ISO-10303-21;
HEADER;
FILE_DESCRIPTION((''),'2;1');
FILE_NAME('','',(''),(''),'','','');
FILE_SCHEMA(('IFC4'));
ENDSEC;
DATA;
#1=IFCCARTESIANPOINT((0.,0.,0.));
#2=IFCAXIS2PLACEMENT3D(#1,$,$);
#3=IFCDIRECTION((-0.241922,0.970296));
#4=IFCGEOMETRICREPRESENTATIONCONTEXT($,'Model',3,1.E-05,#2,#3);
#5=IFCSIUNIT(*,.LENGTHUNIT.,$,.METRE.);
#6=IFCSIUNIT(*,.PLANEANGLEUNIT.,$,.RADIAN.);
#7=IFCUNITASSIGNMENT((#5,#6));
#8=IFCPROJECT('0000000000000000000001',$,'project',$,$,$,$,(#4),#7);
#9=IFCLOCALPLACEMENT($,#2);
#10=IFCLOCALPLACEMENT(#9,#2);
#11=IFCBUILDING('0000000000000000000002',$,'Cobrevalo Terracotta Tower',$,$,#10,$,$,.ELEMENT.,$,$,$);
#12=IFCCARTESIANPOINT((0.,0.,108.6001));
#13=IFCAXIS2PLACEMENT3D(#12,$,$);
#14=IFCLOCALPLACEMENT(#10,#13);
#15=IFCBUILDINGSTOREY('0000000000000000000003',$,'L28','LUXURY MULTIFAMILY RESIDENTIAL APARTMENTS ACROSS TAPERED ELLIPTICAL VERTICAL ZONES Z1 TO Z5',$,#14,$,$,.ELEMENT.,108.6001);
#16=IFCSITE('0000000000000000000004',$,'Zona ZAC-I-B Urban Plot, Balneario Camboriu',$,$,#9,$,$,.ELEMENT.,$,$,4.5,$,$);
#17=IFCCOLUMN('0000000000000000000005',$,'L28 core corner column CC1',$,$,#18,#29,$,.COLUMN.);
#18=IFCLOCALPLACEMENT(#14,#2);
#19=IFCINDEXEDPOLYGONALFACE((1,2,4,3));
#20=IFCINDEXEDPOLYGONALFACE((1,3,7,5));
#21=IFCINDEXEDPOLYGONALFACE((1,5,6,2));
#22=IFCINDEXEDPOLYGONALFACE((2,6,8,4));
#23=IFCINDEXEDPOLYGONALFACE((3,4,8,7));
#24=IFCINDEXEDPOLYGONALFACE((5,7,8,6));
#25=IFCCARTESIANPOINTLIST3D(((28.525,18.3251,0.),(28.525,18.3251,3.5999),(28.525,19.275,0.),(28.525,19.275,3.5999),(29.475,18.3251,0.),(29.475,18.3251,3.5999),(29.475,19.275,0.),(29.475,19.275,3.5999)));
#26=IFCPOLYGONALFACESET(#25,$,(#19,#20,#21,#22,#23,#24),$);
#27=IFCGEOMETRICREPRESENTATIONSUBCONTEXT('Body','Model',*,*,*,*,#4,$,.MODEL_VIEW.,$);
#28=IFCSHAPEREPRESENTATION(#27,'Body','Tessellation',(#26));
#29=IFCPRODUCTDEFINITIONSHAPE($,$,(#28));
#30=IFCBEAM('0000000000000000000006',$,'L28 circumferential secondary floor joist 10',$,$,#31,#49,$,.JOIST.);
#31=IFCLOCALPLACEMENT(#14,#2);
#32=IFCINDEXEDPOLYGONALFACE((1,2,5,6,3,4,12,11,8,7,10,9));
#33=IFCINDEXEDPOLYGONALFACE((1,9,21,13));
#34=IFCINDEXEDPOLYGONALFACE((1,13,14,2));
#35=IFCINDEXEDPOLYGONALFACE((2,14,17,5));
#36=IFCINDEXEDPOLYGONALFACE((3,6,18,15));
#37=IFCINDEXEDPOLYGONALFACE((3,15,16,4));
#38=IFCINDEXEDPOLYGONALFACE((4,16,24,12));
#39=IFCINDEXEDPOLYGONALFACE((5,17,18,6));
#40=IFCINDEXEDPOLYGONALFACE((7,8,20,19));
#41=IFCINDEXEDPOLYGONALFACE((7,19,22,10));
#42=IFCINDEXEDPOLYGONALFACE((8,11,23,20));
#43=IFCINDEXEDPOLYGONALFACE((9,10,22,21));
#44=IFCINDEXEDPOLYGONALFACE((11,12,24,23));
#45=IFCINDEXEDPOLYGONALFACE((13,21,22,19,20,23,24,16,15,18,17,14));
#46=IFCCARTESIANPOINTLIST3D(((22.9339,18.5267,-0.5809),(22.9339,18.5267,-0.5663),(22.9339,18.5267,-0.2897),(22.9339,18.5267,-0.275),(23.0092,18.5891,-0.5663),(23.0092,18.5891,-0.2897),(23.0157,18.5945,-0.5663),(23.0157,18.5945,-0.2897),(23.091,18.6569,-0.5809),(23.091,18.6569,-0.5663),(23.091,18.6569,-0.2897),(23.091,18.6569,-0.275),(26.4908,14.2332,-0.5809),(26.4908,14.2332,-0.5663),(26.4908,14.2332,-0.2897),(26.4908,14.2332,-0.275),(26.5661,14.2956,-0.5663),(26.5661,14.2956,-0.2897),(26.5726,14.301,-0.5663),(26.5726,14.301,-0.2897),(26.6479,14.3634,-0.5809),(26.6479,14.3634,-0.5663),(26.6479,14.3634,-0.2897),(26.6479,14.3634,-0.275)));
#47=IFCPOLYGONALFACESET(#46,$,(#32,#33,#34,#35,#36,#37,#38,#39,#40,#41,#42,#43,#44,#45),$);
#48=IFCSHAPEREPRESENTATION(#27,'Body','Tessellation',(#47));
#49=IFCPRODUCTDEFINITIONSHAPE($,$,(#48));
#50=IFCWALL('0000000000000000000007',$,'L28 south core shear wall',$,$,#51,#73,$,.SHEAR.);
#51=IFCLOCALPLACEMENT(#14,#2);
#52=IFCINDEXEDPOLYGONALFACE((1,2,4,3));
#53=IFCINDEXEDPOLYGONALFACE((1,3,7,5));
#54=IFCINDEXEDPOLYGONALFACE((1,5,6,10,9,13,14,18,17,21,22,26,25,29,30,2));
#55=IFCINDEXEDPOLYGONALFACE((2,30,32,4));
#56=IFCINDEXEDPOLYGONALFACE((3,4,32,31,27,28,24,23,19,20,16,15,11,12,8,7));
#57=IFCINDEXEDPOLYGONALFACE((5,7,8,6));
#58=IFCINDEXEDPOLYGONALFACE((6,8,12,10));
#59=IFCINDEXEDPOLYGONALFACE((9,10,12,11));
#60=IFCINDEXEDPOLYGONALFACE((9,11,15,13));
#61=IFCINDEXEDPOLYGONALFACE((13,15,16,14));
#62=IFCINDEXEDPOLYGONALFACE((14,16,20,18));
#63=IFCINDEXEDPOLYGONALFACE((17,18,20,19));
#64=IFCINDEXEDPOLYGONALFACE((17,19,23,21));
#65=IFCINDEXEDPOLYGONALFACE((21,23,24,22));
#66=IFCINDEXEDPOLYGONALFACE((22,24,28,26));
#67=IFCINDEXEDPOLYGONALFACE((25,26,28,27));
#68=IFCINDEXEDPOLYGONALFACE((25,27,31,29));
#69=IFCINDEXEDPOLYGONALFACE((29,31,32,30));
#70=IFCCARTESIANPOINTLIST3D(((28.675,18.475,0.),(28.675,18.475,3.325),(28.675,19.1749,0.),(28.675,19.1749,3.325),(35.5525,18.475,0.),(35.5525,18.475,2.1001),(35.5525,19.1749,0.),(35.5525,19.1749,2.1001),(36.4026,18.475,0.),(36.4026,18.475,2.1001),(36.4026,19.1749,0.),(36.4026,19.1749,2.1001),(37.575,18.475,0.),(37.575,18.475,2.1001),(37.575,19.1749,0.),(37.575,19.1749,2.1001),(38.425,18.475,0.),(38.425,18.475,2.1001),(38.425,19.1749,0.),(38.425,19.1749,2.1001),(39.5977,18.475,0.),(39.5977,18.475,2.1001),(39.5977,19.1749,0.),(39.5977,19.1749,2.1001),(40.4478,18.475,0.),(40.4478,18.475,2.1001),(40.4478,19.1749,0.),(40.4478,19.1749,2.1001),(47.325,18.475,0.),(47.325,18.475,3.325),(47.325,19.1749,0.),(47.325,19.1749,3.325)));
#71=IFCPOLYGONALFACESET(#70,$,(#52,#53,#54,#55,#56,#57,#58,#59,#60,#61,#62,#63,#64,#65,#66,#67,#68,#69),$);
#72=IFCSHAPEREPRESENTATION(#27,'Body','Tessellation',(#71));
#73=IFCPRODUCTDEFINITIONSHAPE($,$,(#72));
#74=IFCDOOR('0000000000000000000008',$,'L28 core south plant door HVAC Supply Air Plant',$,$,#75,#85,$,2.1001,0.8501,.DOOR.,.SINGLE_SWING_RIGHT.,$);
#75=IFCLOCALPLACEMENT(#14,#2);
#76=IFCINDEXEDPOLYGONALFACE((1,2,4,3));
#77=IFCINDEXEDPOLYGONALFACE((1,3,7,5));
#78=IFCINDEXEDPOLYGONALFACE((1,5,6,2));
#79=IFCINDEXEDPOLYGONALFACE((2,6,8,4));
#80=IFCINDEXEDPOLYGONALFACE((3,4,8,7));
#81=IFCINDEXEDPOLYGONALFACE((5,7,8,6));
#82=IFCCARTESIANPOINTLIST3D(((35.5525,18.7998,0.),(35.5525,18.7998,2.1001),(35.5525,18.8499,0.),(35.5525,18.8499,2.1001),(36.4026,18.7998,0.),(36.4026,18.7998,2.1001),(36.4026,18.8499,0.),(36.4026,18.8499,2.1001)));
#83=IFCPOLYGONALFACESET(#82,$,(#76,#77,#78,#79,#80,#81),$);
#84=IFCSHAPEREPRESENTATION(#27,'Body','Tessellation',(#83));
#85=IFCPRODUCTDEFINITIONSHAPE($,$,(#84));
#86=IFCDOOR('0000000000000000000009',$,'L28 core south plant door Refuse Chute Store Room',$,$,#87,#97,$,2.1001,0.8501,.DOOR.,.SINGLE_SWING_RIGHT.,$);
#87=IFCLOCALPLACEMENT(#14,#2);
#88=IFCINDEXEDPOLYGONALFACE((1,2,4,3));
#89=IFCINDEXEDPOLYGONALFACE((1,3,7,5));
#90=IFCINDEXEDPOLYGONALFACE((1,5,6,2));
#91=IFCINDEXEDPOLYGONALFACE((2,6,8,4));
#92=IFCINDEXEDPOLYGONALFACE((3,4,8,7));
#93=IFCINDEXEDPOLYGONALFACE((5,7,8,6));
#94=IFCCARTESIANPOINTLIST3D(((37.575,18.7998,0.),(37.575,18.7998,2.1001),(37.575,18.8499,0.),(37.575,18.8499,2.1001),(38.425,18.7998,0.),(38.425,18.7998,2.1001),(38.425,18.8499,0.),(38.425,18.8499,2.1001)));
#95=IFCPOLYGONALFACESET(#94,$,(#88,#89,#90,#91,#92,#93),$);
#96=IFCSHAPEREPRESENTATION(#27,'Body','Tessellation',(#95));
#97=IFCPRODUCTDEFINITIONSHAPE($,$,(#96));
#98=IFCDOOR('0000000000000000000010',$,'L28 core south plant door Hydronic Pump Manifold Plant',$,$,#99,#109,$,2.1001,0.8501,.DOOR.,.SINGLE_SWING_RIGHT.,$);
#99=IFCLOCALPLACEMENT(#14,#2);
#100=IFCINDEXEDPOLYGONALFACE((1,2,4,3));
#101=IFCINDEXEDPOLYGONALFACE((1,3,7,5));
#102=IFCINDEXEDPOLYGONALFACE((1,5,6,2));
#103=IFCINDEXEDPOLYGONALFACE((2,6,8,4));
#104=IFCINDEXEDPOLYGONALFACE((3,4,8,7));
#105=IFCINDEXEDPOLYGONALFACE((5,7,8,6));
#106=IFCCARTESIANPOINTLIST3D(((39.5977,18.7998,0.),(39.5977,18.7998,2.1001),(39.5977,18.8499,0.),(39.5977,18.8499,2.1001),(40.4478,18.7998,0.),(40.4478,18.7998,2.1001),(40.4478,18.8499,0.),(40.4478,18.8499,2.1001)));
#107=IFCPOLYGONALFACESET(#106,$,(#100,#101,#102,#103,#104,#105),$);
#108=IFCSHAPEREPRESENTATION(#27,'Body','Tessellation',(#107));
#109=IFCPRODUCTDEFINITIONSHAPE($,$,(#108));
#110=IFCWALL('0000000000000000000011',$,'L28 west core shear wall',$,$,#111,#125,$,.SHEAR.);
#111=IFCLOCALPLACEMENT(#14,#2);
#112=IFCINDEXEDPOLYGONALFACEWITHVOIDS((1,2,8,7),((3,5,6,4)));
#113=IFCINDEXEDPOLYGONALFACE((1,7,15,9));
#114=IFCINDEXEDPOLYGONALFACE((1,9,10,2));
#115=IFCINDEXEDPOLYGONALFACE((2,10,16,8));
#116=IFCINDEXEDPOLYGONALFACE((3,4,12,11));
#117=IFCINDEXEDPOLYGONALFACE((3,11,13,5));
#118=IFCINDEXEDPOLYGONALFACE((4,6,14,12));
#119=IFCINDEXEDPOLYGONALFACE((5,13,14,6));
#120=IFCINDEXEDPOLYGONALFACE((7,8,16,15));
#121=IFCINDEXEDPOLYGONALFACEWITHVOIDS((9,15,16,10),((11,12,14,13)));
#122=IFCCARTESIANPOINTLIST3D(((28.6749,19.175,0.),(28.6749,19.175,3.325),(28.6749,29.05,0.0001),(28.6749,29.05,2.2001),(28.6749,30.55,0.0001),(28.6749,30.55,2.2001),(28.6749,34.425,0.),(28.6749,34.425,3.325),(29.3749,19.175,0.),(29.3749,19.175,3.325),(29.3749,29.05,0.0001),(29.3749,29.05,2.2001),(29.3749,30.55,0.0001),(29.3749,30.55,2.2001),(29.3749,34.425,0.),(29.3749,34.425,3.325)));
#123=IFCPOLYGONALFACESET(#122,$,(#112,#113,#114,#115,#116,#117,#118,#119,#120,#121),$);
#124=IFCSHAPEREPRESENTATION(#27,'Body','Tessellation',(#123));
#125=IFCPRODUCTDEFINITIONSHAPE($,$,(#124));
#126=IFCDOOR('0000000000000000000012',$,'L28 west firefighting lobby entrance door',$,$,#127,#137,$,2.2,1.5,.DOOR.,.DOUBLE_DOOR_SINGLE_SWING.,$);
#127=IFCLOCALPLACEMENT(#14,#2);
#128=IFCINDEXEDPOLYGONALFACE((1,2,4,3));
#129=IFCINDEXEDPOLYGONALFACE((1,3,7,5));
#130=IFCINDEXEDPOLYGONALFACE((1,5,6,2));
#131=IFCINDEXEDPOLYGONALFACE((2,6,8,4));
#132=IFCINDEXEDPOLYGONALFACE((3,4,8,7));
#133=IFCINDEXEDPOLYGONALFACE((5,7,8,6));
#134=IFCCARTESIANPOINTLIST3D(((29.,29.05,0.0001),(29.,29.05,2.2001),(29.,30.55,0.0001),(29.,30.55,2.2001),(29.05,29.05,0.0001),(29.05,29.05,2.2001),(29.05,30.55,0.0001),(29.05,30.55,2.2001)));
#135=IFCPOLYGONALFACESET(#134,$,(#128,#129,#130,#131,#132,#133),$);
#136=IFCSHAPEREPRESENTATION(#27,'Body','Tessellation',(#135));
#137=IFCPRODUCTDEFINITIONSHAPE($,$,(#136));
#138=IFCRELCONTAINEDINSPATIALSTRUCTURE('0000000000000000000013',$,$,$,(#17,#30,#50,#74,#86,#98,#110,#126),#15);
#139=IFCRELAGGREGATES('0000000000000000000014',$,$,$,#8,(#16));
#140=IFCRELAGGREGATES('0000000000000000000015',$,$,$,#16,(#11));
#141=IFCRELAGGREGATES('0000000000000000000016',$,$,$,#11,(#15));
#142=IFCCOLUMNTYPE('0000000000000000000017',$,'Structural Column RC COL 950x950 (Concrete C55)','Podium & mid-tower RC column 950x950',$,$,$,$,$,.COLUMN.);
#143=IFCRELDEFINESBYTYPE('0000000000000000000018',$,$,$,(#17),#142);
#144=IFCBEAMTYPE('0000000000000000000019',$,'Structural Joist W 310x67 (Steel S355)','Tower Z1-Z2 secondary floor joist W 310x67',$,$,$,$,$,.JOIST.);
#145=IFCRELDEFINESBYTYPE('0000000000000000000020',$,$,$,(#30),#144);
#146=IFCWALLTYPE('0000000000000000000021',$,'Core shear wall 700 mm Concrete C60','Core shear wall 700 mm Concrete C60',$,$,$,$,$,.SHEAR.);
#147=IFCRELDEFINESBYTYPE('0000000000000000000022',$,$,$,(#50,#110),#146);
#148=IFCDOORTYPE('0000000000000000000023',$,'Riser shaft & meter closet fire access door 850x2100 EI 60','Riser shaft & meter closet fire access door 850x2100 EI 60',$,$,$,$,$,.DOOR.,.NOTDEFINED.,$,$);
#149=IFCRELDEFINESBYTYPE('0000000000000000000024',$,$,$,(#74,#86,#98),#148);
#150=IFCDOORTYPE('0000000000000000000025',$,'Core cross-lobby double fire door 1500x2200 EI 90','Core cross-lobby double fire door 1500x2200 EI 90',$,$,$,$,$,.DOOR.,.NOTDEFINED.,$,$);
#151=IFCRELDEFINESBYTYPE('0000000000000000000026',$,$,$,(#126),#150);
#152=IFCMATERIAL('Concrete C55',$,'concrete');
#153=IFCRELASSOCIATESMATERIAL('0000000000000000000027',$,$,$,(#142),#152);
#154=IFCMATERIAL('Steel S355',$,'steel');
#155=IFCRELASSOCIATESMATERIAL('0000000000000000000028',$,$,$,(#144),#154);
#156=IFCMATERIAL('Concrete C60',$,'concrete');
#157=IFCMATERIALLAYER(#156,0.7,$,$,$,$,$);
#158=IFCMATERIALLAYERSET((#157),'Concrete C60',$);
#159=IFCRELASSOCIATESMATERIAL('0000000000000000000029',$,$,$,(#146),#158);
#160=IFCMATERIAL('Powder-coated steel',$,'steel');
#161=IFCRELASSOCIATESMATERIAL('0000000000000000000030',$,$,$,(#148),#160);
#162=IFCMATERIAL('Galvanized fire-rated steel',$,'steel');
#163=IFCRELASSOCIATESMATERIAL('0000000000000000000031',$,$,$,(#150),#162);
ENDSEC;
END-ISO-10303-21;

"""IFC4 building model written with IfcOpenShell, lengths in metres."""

from ifc_helpers import new_model, si_unit, direction, frame, frame_2d, origin, origin_2d, place, context, subcontext, project, spatial, rectangle, i_section, extrude, source, transform, mapped, material, layer, layer_set, material_profile, profile_set, type_object, element, fill, save


model = new_model("IFC4")

# Units and contexts
model_context = context("Model", 3, precision=1e-05, world=origin(), true_north=direction((-0.241922, 0.970296)))
body_context = subcontext(model_context, "Body", "Model", "MODEL_VIEW")
ifc_project = project(units=[si_unit("LENGTHUNIT", "METRE"), si_unit("PLANEANGLEUNIT", "RADIAN")], contexts=[model_context])

# Site, building, storey
site_placement = place(None, origin())
site = spatial("IfcSite", under=ifc_project, at=site_placement, Name="Zona ZAC-I-B Urban Plot, Balneario Camboriu", CompositionType="ELEMENT", RefElevation=4.5)
building_placement = place(site_placement, origin())
building = spatial("IfcBuilding", under=site, at=building_placement, Name="Cobrevalo Terracotta Tower", CompositionType="ELEMENT")
storey_placement = place(building_placement, frame((0.0, 0.0, 108.6001)))
storey = spatial("IfcBuildingStorey", under=building, at=storey_placement, Name="L28", Description="LUXURY MULTIFAMILY RESIDENTIAL APARTMENTS ACROSS TAPERED ELLIPTICAL VERTICAL ZONES Z1 TO Z5", CompositionType="ELEMENT", Elevation=108.6001)

# Column
ifc_material_1 = material(Name="Concrete C55", Category="concrete")
ifc_material_profile_1 = material_profile(ifc_material_1, rectangle(XDim=0.95, YDim=0.95, at=origin_2d()), Name="RC COL 950x950")
ifc_profile_set_1 = profile_set([ifc_material_profile_1], Name="Concrete C55")
column_type = type_object("IfcColumnType", Name="Structural Column RC COL 950x950 (Concrete C55)", Description="Podium & mid-tower RC column 950x950", PredefinedType="COLUMN", material=ifc_profile_set_1)
column_placement = place(storey_placement, frame((29.0, 18.8, 0.0), z_axis=(0.0, 0.0, 1.0), x_axis=(1.0, 0.0, 0.0)))
element("IfcColumn", 1, at=column_placement, inside=storey, type_object=column_type, Name="L28 core corner column CC1", PredefinedType="COLUMN", context=body_context, shape_type="SweptSolid", body=[
    extrude(rectangle(XDim=0.95, YDim=0.95, at=origin_2d()), origin(), (0.0, 0.0, 1.0), 3.5999),
])

# Beam
ifc_material_2 = material(Name="Steel S355", Category="steel")
ifc_material_profile_2 = material_profile(ifc_material_2, i_section(OverallWidth=0.2041, OverallDepth=0.3059, WebThickness=0.0085, FlangeThickness=0.0146, at=origin_2d()), Name="W 310x67")
ifc_profile_set_2 = profile_set([ifc_material_profile_2], Name="Steel S355")
beam_type = type_object("IfcBeamType", Name="Structural Joist W 310x67 (Steel S355)", Description="Tower Z1-Z2 secondary floor joist W 310x67", PredefinedType="JOIST", material=ifc_profile_set_2)
beam_placement = place(storey_placement, frame((23.0125, 18.5918, -0.428), z_axis=(0.637959, -0.77007, 0.0), x_axis=(0.77007, 0.637959, 0.0)))
element("IfcBeam", 2, at=beam_placement, inside=storey, type_object=beam_type, Name="L28 circumferential secondary floor joist 10", PredefinedType="JOIST", context=body_context, shape_type="SweptSolid", body=[
    extrude(i_section(OverallWidth=0.2041, OverallDepth=0.3059, WebThickness=0.0085, FlangeThickness=0.0146, at=origin_2d()), origin(), (0.0, 0.0, 1.0), 5.5754),
])

# Wall, openings, doors
ifc_material_3 = material(Name="Concrete C60", Category="concrete")
ifc_layer_1 = layer(ifc_material_3, 0.7)
ifc_layer_set_1 = layer_set([ifc_layer_1], Name="Concrete C60")
wall_type_1 = type_object("IfcWallType", Name="Core shear wall 700 mm Concrete C60", Description="Core shear wall 700 mm Concrete C60", PredefinedType="SHEAR", material=ifc_layer_set_1)
wall_1_placement = place(storey_placement, frame((28.675, 18.825, 0.0), z_axis=(0.0, 0.0, 1.0), x_axis=(1.0, 0.0, 0.0)))
wall_1 = element("IfcWall", 3, at=wall_1_placement, inside=storey, type_object=wall_type_1, Name="L28 south core shear wall", PredefinedType="SHEAR", context=body_context, shape_type="SweptSolid", body=[
    extrude(rectangle(XDim=18.6499, YDim=0.7, at=frame_2d((9.325, 0.0))), origin(), (0.0, 0.0, 1.0), 3.325),
])
opening_1_placement = place(wall_1_placement, frame((6.8774, 0.0, 0.0)))
opening_1 = element("IfcOpeningElement", 4, at=opening_1_placement, cuts=wall_1, PredefinedType="OPENING", context=body_context, shape_type="SweptSolid", body=[
    extrude(rectangle(XDim=0.8501, YDim=2.1001, at=frame_2d((0.425, 1.05))), frame((0.0, 0.3599, 0.0), z_axis=(0.0, -1.0, 0.0), x_axis=(1.0, 0.0, 0.0)), (0.0, 0.0, 1.0), 0.72),
])
opening_2_placement = place(wall_1_placement, frame((8.8999, 0.0, 0.0)))
opening_2 = element("IfcOpeningElement", 5, at=opening_2_placement, cuts=wall_1, PredefinedType="OPENING", context=body_context, shape_type="SweptSolid", body=[
    extrude(rectangle(XDim=0.8501, YDim=2.1001, at=frame_2d((0.425, 1.05))), frame((0.0, 0.3599, 0.0), z_axis=(0.0, -1.0, 0.0), x_axis=(1.0, 0.0, 0.0)), (0.0, 0.0, 1.0), 0.72),
])
opening_3_placement = place(wall_1_placement, frame((10.9226, 0.0, 0.0)))
opening_3 = element("IfcOpeningElement", 6, at=opening_3_placement, cuts=wall_1, PredefinedType="OPENING", context=body_context, shape_type="SweptSolid", body=[
    extrude(rectangle(XDim=0.8501, YDim=2.1001, at=frame_2d((0.425, 1.05))), frame((0.0, 0.3599, 0.0), z_axis=(0.0, -1.0, 0.0), x_axis=(1.0, 0.0, 0.0)), (0.0, 0.0, 1.0), 0.72),
])
ifc_material_4 = material(Name="Powder-coated steel", Category="steel")
door_type_1 = type_object("IfcDoorType", Name="Riser shaft & meter closet fire access door 850x2100 EI 60", Description="Riser shaft & meter closet fire access door 850x2100 EI 60", OperationType="NOTDEFINED", PredefinedType="DOOR", material=ifc_material_4)
shared_shape_1 = source(origin(), body_context, "Body", "SweptSolid", [
    extrude(rectangle(XDim=0.8501, YDim=2.1001, at=frame_2d((0.425, 1.05))), frame((0.0, 0.0249, 0.0), z_axis=(0.0, -1.0, 0.0), x_axis=(1.0, 0.0, 0.0)), (0.0, 0.0, 1.0), 0.05),
])
door_1_placement = place(opening_1_placement, origin())
door_1 = element("IfcDoor", 7, at=door_1_placement, inside=storey, type_object=door_type_1, Name="L28 core south plant door HVAC Supply Air Plant", OperationType="SINGLE_SWING_RIGHT", OverallHeight=2.1001, OverallWidth=0.8501, PredefinedType="DOOR", context=body_context, shape_type="MappedRepresentation", body=[
    mapped(shared_shape_1, transform((0.0, 0.0, 0.0), scale=1.0)),
])
fill(opening_1, door_1)
door_2_placement = place(opening_2_placement, origin())
door_2 = element("IfcDoor", 8, at=door_2_placement, inside=storey, type_object=door_type_1, Name="L28 core south plant door Refuse Chute Store Room", OperationType="SINGLE_SWING_RIGHT", OverallHeight=2.1001, OverallWidth=0.8501, PredefinedType="DOOR", context=body_context, shape_type="MappedRepresentation", body=[
    mapped(shared_shape_1, transform((0.0, 0.0, 0.0), scale=1.0)),
])
fill(opening_2, door_2)
door_3_placement = place(opening_3_placement, origin())
door_3 = element("IfcDoor", 9, at=door_3_placement, inside=storey, type_object=door_type_1, Name="L28 core south plant door Hydronic Pump Manifold Plant", OperationType="SINGLE_SWING_RIGHT", OverallHeight=2.1001, OverallWidth=0.8501, PredefinedType="DOOR", context=body_context, shape_type="MappedRepresentation", body=[
    mapped(shared_shape_1, transform((0.0, 0.0, 0.0), scale=1.0)),
])
fill(opening_3, door_3)

# Wall, opening, door
wall_2_placement = place(storey_placement, frame((29.0249, 19.175, 0.0), z_axis=(0.0, 0.0, 1.0), x_axis=(0.0, 1.0, 0.0)))
wall_2 = element("IfcWall", 10, at=wall_2_placement, inside=storey, type_object=wall_type_1, Name="L28 west core shear wall", PredefinedType="SHEAR", context=body_context, shape_type="SweptSolid", body=[
    extrude(rectangle(XDim=15.25, YDim=0.7, at=frame_2d((7.625, 0.0))), origin(), (0.0, 0.0, 1.0), 3.325),
])
opening_4_placement = place(wall_2_placement, frame((9.875, 0.0, 0.0)))
opening_4 = element("IfcOpeningElement", 11, at=opening_4_placement, cuts=wall_2, PredefinedType="OPENING", context=body_context, shape_type="SweptSolid", body=[
    extrude(rectangle(XDim=1.5, YDim=2.2, at=frame_2d((0.75, 1.1001))), frame((0.0, 0.3599, 0.0), z_axis=(0.0, -1.0, 0.0), x_axis=(1.0, 0.0, 0.0)), (0.0, 0.0, 1.0), 0.72),
])
ifc_material_5 = material(Name="Galvanized fire-rated steel", Category="steel")
door_type_2 = type_object("IfcDoorType", Name="Core cross-lobby double fire door 1500x2200 EI 90", Description="Core cross-lobby double fire door 1500x2200 EI 90", OperationType="NOTDEFINED", PredefinedType="DOOR", material=ifc_material_5)
shared_shape_2 = source(origin(), body_context, "Body", "SweptSolid", [
    extrude(rectangle(XDim=1.5, YDim=2.2, at=frame_2d((0.75, 1.1001))), frame((0.0, 0.0249, 0.0), z_axis=(0.0, -1.0, 0.0), x_axis=(1.0, 0.0, 0.0)), (0.0, 0.0, 1.0), 0.05),
])
door_4_placement = place(opening_4_placement, origin())
door_4 = element("IfcDoor", 12, at=door_4_placement, inside=storey, type_object=door_type_2, Name="L28 west firefighting lobby entrance door", OperationType="DOUBLE_DOOR_SINGLE_SWING", OverallHeight=2.2, OverallWidth=1.5, PredefinedType="DOOR", context=body_context, shape_type="MappedRepresentation", body=[
    mapped(shared_shape_2, transform((0.0, 0.0, 0.0), scale=1.0)),
])
fill(opening_4, door_4)

save(model, "model.ifc")
